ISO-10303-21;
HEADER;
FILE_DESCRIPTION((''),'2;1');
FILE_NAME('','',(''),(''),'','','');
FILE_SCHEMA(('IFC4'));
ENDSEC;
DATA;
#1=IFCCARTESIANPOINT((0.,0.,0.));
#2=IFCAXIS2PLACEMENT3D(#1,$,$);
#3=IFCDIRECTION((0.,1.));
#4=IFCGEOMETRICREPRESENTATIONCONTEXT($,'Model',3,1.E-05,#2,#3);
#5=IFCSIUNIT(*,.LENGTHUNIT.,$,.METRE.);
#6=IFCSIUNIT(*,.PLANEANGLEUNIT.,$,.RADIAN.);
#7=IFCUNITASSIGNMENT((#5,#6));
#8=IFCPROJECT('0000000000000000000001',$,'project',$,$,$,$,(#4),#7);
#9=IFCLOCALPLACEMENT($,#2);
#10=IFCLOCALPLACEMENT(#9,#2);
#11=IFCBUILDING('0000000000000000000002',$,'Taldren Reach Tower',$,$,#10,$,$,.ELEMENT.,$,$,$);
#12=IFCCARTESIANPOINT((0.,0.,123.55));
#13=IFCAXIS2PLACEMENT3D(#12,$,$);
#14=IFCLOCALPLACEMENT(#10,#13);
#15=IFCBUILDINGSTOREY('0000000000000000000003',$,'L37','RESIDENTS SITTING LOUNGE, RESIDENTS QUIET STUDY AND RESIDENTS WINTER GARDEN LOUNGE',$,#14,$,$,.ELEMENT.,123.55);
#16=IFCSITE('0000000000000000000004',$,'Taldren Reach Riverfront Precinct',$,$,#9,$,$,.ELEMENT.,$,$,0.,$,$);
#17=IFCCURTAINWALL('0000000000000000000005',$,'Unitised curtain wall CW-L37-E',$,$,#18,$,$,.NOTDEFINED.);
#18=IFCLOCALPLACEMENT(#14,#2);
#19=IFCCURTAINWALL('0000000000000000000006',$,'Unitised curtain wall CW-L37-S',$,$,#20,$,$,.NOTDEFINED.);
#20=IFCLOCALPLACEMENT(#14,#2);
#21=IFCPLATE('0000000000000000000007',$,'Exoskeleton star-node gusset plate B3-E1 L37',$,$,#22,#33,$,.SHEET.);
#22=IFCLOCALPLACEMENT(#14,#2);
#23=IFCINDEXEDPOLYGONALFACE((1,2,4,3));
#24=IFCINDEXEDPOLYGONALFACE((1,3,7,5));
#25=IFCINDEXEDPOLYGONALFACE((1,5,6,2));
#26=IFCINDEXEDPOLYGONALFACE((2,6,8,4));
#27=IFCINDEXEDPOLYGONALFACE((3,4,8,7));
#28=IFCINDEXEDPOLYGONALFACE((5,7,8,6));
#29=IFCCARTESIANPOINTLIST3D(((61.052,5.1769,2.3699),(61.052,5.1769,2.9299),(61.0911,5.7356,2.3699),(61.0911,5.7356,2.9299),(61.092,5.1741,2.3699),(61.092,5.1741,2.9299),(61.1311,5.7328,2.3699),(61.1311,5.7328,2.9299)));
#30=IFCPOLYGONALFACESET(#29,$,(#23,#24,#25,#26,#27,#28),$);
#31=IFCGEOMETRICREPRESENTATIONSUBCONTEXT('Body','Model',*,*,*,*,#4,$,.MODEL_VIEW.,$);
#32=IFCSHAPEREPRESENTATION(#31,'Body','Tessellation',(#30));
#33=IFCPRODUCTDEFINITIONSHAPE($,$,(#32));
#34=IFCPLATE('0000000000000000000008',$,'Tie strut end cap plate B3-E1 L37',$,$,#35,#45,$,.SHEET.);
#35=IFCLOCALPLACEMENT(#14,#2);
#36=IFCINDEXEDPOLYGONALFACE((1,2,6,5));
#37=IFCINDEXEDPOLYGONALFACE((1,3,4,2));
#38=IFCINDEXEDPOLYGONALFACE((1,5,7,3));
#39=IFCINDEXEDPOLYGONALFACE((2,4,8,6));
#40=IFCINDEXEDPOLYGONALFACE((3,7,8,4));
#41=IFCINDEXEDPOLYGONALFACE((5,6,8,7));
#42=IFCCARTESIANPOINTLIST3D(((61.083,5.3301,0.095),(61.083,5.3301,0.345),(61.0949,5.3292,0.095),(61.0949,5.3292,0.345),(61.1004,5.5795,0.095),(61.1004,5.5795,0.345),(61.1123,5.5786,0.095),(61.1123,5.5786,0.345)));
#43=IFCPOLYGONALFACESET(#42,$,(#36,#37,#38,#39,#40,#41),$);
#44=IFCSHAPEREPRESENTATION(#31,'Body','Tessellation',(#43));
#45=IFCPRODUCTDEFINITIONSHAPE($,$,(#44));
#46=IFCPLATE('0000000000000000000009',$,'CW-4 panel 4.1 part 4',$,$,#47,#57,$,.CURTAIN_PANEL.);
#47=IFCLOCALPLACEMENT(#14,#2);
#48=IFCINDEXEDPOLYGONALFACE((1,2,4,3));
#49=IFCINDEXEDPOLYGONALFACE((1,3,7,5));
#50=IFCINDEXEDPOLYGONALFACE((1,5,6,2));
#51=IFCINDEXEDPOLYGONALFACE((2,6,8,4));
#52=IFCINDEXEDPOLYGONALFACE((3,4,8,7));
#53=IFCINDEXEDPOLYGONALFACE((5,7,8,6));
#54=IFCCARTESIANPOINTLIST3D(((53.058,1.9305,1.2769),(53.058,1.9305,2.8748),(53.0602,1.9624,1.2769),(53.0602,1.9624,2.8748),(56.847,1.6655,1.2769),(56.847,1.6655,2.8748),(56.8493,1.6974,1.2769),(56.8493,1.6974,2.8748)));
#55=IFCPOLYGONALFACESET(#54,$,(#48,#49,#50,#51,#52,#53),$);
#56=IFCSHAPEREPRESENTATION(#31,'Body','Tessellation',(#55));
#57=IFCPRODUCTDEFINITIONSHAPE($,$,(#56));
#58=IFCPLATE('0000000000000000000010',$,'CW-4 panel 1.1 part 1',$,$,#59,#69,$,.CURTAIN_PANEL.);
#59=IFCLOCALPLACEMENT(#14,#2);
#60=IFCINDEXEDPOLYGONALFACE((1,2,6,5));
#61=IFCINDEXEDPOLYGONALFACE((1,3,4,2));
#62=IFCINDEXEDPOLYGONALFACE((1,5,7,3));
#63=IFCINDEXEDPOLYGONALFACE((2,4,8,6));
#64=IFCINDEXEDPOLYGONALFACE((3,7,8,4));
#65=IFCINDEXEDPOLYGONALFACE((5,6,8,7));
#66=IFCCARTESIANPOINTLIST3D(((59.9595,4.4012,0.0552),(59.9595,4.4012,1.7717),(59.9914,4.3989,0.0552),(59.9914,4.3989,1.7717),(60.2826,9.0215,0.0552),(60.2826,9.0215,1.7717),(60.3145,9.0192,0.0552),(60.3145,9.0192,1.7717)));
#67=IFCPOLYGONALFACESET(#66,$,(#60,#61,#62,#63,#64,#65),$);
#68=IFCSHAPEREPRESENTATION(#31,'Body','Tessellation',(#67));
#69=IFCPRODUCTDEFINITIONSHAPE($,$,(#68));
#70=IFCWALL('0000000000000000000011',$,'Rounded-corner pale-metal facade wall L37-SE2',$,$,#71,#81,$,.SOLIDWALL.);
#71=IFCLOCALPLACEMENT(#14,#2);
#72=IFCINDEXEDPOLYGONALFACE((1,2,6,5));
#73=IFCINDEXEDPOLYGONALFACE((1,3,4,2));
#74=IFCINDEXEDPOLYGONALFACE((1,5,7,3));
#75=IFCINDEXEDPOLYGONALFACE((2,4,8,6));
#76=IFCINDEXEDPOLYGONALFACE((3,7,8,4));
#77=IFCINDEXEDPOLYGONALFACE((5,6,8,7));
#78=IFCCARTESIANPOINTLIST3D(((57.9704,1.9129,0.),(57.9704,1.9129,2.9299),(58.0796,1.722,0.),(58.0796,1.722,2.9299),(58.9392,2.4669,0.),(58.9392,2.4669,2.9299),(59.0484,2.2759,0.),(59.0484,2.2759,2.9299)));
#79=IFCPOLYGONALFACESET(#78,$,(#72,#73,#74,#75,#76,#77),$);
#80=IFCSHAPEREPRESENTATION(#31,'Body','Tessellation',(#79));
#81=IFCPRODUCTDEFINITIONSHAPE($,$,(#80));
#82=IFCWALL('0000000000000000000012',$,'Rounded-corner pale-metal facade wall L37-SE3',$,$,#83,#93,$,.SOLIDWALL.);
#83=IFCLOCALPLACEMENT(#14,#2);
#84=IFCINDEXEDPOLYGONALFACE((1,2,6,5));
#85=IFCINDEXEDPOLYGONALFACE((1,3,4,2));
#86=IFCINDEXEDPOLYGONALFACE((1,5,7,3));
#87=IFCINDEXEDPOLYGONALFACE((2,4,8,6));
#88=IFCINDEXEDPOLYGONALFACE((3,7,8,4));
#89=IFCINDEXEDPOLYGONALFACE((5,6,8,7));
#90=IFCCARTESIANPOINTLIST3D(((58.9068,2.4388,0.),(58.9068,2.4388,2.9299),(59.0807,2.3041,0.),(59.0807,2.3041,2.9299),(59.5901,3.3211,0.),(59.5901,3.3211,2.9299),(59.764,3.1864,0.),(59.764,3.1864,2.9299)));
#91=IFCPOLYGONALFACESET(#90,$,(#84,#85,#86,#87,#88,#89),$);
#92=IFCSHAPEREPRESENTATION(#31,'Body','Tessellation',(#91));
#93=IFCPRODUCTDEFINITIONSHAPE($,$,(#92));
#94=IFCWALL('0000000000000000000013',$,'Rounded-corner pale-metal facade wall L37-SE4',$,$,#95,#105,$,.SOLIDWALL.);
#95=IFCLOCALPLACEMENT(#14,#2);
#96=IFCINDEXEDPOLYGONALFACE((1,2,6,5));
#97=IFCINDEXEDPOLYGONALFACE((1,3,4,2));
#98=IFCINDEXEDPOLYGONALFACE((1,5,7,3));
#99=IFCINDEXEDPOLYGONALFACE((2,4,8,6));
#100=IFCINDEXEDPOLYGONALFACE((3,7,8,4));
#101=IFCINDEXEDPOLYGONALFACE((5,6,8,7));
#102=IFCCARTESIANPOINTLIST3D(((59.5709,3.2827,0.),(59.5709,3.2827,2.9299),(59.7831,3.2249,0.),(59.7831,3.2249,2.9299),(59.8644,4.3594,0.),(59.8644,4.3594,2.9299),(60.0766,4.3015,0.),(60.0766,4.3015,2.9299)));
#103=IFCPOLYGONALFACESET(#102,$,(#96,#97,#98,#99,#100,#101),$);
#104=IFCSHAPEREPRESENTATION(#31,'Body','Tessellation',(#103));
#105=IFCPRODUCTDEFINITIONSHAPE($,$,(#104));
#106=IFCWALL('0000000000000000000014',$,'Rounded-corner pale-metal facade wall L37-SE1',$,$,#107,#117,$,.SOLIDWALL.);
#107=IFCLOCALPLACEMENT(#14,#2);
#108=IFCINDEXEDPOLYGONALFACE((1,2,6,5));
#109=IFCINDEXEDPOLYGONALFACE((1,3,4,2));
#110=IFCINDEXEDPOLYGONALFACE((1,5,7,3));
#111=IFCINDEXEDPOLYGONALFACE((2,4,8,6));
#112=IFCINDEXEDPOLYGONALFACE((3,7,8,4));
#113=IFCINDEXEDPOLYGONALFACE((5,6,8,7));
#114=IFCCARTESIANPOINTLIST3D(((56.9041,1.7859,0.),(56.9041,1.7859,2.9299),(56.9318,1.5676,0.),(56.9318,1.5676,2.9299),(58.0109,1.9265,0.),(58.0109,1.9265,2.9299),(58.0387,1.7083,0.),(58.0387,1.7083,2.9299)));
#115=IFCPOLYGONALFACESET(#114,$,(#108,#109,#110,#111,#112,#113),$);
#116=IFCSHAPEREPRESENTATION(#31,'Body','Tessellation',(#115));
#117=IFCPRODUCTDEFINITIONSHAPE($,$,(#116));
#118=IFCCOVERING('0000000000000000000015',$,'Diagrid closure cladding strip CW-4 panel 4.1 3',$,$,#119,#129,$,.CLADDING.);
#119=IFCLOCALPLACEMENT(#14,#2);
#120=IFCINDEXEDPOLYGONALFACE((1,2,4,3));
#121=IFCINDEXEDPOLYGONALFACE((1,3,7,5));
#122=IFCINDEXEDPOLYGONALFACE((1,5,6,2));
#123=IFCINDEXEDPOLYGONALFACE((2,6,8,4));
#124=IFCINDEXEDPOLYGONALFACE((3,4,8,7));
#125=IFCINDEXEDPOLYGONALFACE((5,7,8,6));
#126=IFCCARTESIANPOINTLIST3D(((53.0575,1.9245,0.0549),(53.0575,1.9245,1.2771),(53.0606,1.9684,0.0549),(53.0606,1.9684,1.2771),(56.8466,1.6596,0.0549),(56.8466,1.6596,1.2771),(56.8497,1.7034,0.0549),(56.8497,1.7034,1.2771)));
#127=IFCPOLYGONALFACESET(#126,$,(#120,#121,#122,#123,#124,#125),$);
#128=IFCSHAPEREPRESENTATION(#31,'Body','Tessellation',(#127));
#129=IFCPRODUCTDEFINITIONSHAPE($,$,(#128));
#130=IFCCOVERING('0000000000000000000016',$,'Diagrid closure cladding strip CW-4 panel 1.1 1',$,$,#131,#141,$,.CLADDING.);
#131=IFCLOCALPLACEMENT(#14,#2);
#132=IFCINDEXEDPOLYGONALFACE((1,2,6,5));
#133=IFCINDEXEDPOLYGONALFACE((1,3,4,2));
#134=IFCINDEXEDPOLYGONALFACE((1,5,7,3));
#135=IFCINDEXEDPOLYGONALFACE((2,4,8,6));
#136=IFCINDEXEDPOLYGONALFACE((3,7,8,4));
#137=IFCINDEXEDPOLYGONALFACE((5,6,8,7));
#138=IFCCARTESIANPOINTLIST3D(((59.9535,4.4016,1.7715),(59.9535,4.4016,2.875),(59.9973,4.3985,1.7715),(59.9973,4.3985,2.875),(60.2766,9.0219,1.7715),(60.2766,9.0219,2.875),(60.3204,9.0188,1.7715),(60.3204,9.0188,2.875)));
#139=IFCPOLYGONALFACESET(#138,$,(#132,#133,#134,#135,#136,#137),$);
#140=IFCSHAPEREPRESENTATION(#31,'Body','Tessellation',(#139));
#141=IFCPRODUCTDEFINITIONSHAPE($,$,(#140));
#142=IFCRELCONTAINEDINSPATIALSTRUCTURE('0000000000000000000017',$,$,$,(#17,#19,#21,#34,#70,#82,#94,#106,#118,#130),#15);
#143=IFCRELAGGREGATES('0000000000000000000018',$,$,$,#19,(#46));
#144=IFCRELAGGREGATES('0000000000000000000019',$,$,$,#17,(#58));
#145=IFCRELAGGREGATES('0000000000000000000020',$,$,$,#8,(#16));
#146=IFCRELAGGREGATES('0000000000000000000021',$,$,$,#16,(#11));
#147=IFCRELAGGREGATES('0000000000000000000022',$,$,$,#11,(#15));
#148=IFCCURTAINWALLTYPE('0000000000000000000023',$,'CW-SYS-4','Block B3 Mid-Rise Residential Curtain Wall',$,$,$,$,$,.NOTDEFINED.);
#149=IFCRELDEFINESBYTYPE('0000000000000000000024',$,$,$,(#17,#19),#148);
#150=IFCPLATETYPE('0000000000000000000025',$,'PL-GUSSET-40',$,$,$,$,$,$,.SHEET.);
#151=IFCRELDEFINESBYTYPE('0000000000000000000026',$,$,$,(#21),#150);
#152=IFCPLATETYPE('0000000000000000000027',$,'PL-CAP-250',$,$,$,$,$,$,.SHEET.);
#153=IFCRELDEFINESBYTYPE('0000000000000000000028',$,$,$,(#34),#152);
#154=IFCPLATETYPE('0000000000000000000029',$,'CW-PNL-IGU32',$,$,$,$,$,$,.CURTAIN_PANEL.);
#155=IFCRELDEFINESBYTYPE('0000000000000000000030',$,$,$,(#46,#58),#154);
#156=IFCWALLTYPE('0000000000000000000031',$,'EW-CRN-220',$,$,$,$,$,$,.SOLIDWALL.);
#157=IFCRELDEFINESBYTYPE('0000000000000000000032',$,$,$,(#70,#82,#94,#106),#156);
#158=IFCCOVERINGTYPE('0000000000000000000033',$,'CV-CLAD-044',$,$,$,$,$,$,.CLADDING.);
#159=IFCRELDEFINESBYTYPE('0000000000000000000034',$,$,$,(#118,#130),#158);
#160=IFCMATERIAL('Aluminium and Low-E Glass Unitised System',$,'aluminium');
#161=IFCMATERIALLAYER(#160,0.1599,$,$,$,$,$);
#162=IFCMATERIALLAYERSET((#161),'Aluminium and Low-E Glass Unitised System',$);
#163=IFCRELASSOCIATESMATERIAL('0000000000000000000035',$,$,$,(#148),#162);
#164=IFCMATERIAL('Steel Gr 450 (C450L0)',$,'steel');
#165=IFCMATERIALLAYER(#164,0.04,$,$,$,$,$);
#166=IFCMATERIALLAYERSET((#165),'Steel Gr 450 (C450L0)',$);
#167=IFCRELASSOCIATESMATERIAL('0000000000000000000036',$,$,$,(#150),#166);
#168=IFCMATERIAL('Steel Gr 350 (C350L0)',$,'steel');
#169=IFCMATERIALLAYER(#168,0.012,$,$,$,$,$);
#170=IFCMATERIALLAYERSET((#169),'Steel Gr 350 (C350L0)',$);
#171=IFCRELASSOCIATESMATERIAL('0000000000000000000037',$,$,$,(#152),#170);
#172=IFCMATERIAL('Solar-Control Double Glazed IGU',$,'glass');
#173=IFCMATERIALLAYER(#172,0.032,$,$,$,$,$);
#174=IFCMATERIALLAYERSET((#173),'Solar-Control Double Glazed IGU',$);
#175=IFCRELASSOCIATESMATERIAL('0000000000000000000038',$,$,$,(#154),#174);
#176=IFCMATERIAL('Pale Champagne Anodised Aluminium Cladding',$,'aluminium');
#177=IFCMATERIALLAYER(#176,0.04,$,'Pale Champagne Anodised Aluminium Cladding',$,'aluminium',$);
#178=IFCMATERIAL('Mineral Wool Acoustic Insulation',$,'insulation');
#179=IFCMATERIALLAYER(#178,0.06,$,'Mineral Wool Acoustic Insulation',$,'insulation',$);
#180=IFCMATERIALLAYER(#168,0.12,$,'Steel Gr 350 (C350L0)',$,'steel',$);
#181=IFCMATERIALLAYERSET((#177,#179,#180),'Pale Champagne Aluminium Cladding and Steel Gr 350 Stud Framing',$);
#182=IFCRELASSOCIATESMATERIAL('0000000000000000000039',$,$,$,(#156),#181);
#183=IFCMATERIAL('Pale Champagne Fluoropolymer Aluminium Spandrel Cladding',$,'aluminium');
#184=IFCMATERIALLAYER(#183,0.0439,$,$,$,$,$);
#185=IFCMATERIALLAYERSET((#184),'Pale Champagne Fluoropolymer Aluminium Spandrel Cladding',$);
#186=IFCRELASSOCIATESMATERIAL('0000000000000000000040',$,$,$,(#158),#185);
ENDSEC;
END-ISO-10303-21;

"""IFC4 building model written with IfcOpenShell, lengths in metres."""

from ifc_helpers import new_model, si_unit, direction, frame, frame_2d, origin, origin_2d, place, context, subcontext, project, spatial, rectangle, extrude, source, transform, mapped, material, layer, layer_set, type_object, element, aggregate, save


model = new_model("IFC4")

# Units and contexts
model_context = context("Model", 3, precision=1e-05, world=origin(), true_north=direction((0.0, 1.0)))
body_context = subcontext(model_context, "Body", "Model", "MODEL_VIEW")
ifc_project = project(units=[si_unit("LENGTHUNIT", "METRE"), si_unit("PLANEANGLEUNIT", "RADIAN")], contexts=[model_context])

# Site, building, storey
site_placement = place(None, origin())
site = spatial("IfcSite", under=ifc_project, at=site_placement, Name="Taldren Reach Riverfront Precinct", CompositionType="ELEMENT", RefElevation=0.0)
building_placement = place(site_placement, origin())
building = spatial("IfcBuilding", under=site, at=building_placement, Name="Taldren Reach Tower", CompositionType="ELEMENT")
storey_placement = place(building_placement, frame((0.0, 0.0, 123.55)))
storey = spatial("IfcBuildingStorey", under=building, at=storey_placement, Name="L37", Description="RESIDENTS SITTING LOUNGE, RESIDENTS QUIET STUDY AND RESIDENTS WINTER GARDEN LOUNGE", CompositionType="ELEMENT", Elevation=123.55)

# Shared definitions
ifc_material_1 = material(Name="Steel Gr 450 (C450L0)", Category="steel")

# Shared definitions
ifc_material_2 = material(Name="Steel Gr 350 (C350L0)", Category="steel")

# Curtain wall
ifc_material_3 = material(Name="Aluminium and Low-E Glass Unitised System", Category="aluminium")
ifc_layer_1 = layer(ifc_material_3, 0.1599)
ifc_layer_set_1 = layer_set([ifc_layer_1], Name="Aluminium and Low-E Glass Unitised System")
curtain_wall_type = type_object("IfcCurtainWallType", Name="CW-SYS-4", Description="Block B3 Mid-Rise Residential Curtain Wall", PredefinedType="NOTDEFINED", material=ifc_layer_set_1)
curtain_wall_1_placement = place(storey_placement, origin())
curtain_wall_1 = element("IfcCurtainWall", 1, at=curtain_wall_1_placement, inside=storey, type_object=curtain_wall_type, Name="Unitised curtain wall CW-L37-E", PredefinedType="NOTDEFINED")

# Curtain wall
curtain_wall_2_placement = place(storey_placement, origin())
curtain_wall_2 = element("IfcCurtainWall", 2, at=curtain_wall_2_placement, inside=storey, type_object=curtain_wall_type, Name="Unitised curtain wall CW-L37-S", PredefinedType="NOTDEFINED")

# Plates
ifc_layer_2 = layer(ifc_material_1, 0.04)
ifc_layer_set_2 = layer_set([ifc_layer_2], Name="Steel Gr 450 (C450L0)")
plate_type_1 = type_object("IfcPlateType", Name="PL-GUSSET-40", PredefinedType="SHEET", material=ifc_layer_set_2)
shared_shape_1 = source(origin(), body_context, "Body", "SweptSolid", [
    extrude(rectangle(XDim=0.5601, YDim=0.04, at=origin_2d()), origin(), (0.0, 0.0, 1.0), 0.5601),
])
for number, where, z_axis, x_axis, name in (
    (3, (61.0916, 5.4548, 2.3699), (0.0, 0.0, 1.0), (0.069756, 0.997564, 0.0), "Exoskeleton star-node gusset plate B3-E1 L37"),
):
    element("IfcPlate", number, at=place(storey_placement, frame(where, z_axis=z_axis, x_axis=x_axis)), inside=storey, type_object=plate_type_1, Name=name, PredefinedType="SHEET", context=body_context, shape_type="MappedRepresentation", body=[
        mapped(shared_shape_1, transform((0.0, 0.0, 0.0), scale=1.0)),
    ])
ifc_layer_3 = layer(ifc_material_2, 0.012)
ifc_layer_set_3 = layer_set([ifc_layer_3], Name="Steel Gr 350 (C350L0)")
plate_type_2 = type_object("IfcPlateType", Name="PL-CAP-250", PredefinedType="SHEET", material=ifc_layer_set_3)
shared_shape_2 = source(origin(), body_context, "Body", "SweptSolid", [
    extrude(rectangle(XDim=0.012, YDim=0.25, at=origin_2d()), origin(), (0.0, 0.0, 1.0), 0.25),
])
plate_1_placement = place(storey_placement, frame((61.0977, 5.4543, 0.095), z_axis=(0.0, 0.0, 1.0), x_axis=(0.997564, -0.069756, 0.0)))
element("IfcPlate", 4, at=plate_1_placement, inside=storey, type_object=plate_type_2, Name="Tie strut end cap plate B3-E1 L37", PredefinedType="SHEET", context=body_context, shape_type="MappedRepresentation", body=[
    mapped(shared_shape_2, transform((0.0, 0.0, 0.0), scale=1.0)),
])

# Plates
ifc_material_4 = material(Name="Solar-Control Double Glazed IGU", Category="glass")
ifc_layer_4 = layer(ifc_material_4, 0.032)
ifc_layer_set_4 = layer_set([ifc_layer_4], Name="Solar-Control Double Glazed IGU")
plate_type_3 = type_object("IfcPlateType", Name="CW-PNL-IGU32", PredefinedType="CURTAIN_PANEL", material=ifc_layer_set_4)
shared_shape_3 = source(origin(), body_context, "Body", "SweptSolid", [
    extrude(rectangle(XDim=3.7983, YDim=0.032, at=origin_2d()), origin(), (0.0, 0.0, 1.0), 1.5979),
])
plate_2_placement = place(storey_placement, frame((54.9536, 1.814, 1.2769), z_axis=(0.0, 0.0, 1.0), x_axis=(0.997564, -0.069757, 0.0)))
plate_2 = element("IfcPlate", 5, at=plate_2_placement, type_object=plate_type_3, Name="CW-4 panel 4.1 part 4", PredefinedType="CURTAIN_PANEL", context=body_context, shape_type="MappedRepresentation", body=[
    mapped(shared_shape_3, transform((0.0, 0.0, 0.0), scale=1.0)),
])
aggregate(curtain_wall_2, [plate_2])
shared_shape_4 = source(origin(), body_context, "Body", "SweptSolid", [
    extrude(rectangle(XDim=4.6316, YDim=0.032, at=origin_2d()), origin(), (0.0, 0.0, 1.0), 1.7166),
])
plate_3_placement = place(storey_placement, frame((60.137, 6.7102, 0.0552), z_axis=(0.0, 0.0, 1.0), x_axis=(0.069756, 0.997564, 0.0)))
plate_3 = element("IfcPlate", 6, at=plate_3_placement, type_object=plate_type_3, Name="CW-4 panel 1.1 part 1", PredefinedType="CURTAIN_PANEL", context=body_context, shape_type="MappedRepresentation", body=[
    mapped(shared_shape_4, transform((0.0, 0.0, 0.0), scale=1.0)),
])
aggregate(curtain_wall_1, [plate_3])

# Walls
ifc_material_5 = material(Name="Pale Champagne Anodised Aluminium Cladding", Category="aluminium")
ifc_layer_5 = layer(ifc_material_5, 0.04, Name="Pale Champagne Anodised Aluminium Cladding", Category="aluminium")
ifc_material_6 = material(Name="Mineral Wool Acoustic Insulation", Category="insulation")
ifc_layer_6 = layer(ifc_material_6, 0.06, Name="Mineral Wool Acoustic Insulation", Category="insulation")
ifc_layer_7 = layer(ifc_material_2, 0.12, Name="Steel Gr 350 (C350L0)", Category="steel")
ifc_layer_set_5 = layer_set([ifc_layer_5, ifc_layer_6, ifc_layer_7], Name="Pale Champagne Aluminium Cladding and Steel Gr 350 Stud Framing")
wall_type = type_object("IfcWallType", Name="EW-CRN-220", PredefinedType="SOLIDWALL", material=ifc_layer_set_5)
shared_shape_5 = source(origin(), body_context, "Body", "SweptSolid", [
    extrude(rectangle(XDim=1.116, YDim=0.22, at=frame_2d((0.5581, 0.0))), origin(), (0.0, 0.0, 1.0), 2.9299),
])
for number, where, z_axis, x_axis, name in (
    (7, (58.0249, 1.8174, 0.0), (0.0, 0.0, 1.0), (0.868095, 0.496398, 0.0), "Rounded-corner pale-metal facade wall L37-SE2"),
    (8, (58.9937, 2.3713, 0.0), (0.0, 0.0, 1.0), (0.612319, 0.790611, 0.0), "Rounded-corner pale-metal facade wall L37-SE3"),
    (9, (59.677, 3.2537, 0.0), (0.0, 0.0, 1.0), (0.262969, 0.964804, 0.0), "Rounded-corner pale-metal facade wall L37-SE4"),
):
    element("IfcWall", number, at=place(storey_placement, frame(where, z_axis=z_axis, x_axis=x_axis)), inside=storey, type_object=wall_type, Name=name, PredefinedType="SOLIDWALL", context=body_context, shape_type="MappedRepresentation", body=[
        mapped(shared_shape_5, transform((0.0, 0.0, 0.0), scale=1.0)),
    ])
shared_shape_6 = source(origin(), body_context, "Body", "SweptSolid", [
    extrude(rectangle(XDim=1.1157, YDim=0.22, at=frame_2d((0.5579, 0.0))), origin(), (0.0, 0.0, 1.0), 2.9299),
])
wall_placement = place(storey_placement, frame((56.918, 1.6768, 0.0), z_axis=(0.0, 0.0, 1.0), x_axis=(0.992027, 0.126027, 0.0)))
element("IfcWall", 10, at=wall_placement, inside=storey, type_object=wall_type, Name="Rounded-corner pale-metal facade wall L37-SE1", PredefinedType="SOLIDWALL", context=body_context, shape_type="MappedRepresentation", body=[
    mapped(shared_shape_6, transform((0.0, 0.0, 0.0), scale=1.0)),
])

# Coverings
ifc_material_7 = material(Name="Pale Champagne Fluoropolymer Aluminium Spandrel Cladding", Category="aluminium")
ifc_layer_8 = layer(ifc_material_7, 0.0439)
ifc_layer_set_6 = layer_set([ifc_layer_8], Name="Pale Champagne Fluoropolymer Aluminium Spandrel Cladding")
covering_type = type_object("IfcCoveringType", Name="CV-CLAD-044", PredefinedType="CLADDING", material=ifc_layer_set_6)
shared_shape_7 = source(origin(), body_context, "Body", "SweptSolid", [
    extrude(rectangle(XDim=3.7983, YDim=0.0439, at=origin_2d()), origin(), (0.0, 0.0, 1.0), 1.2222),
])
covering_1_placement = place(storey_placement, frame((54.9536, 1.814, 0.0549), z_axis=(0.0, 0.0, 1.0), x_axis=(0.997564, -0.069757, 0.0)))
element("IfcCovering", 11, at=covering_1_placement, inside=storey, type_object=covering_type, Name="Diagrid closure cladding strip CW-4 panel 4.1 3", PredefinedType="CLADDING", context=body_context, shape_type="MappedRepresentation", body=[
    mapped(shared_shape_7, transform((0.0, 0.0, 0.0), scale=1.0)),
])
shared_shape_8 = source(origin(), body_context, "Body", "SweptSolid", [
    extrude(rectangle(XDim=4.6316, YDim=0.0439, at=origin_2d()), origin(), (0.0, 0.0, 1.0), 1.1035),
])
covering_2_placement = place(storey_placement, frame((60.137, 6.7102, 1.7715), z_axis=(0.0, 0.0, 1.0), x_axis=(0.069756, 0.997564, 0.0)))
element("IfcCovering", 12, at=covering_2_placement, inside=storey, type_object=covering_type, Name="Diagrid closure cladding strip CW-4 panel 1.1 1", PredefinedType="CLADDING", context=body_context, shape_type="MappedRepresentation", body=[
    mapped(shared_shape_8, transform((0.0, 0.0, 0.0), scale=1.0)),
])

save(model, "model.ifc")
